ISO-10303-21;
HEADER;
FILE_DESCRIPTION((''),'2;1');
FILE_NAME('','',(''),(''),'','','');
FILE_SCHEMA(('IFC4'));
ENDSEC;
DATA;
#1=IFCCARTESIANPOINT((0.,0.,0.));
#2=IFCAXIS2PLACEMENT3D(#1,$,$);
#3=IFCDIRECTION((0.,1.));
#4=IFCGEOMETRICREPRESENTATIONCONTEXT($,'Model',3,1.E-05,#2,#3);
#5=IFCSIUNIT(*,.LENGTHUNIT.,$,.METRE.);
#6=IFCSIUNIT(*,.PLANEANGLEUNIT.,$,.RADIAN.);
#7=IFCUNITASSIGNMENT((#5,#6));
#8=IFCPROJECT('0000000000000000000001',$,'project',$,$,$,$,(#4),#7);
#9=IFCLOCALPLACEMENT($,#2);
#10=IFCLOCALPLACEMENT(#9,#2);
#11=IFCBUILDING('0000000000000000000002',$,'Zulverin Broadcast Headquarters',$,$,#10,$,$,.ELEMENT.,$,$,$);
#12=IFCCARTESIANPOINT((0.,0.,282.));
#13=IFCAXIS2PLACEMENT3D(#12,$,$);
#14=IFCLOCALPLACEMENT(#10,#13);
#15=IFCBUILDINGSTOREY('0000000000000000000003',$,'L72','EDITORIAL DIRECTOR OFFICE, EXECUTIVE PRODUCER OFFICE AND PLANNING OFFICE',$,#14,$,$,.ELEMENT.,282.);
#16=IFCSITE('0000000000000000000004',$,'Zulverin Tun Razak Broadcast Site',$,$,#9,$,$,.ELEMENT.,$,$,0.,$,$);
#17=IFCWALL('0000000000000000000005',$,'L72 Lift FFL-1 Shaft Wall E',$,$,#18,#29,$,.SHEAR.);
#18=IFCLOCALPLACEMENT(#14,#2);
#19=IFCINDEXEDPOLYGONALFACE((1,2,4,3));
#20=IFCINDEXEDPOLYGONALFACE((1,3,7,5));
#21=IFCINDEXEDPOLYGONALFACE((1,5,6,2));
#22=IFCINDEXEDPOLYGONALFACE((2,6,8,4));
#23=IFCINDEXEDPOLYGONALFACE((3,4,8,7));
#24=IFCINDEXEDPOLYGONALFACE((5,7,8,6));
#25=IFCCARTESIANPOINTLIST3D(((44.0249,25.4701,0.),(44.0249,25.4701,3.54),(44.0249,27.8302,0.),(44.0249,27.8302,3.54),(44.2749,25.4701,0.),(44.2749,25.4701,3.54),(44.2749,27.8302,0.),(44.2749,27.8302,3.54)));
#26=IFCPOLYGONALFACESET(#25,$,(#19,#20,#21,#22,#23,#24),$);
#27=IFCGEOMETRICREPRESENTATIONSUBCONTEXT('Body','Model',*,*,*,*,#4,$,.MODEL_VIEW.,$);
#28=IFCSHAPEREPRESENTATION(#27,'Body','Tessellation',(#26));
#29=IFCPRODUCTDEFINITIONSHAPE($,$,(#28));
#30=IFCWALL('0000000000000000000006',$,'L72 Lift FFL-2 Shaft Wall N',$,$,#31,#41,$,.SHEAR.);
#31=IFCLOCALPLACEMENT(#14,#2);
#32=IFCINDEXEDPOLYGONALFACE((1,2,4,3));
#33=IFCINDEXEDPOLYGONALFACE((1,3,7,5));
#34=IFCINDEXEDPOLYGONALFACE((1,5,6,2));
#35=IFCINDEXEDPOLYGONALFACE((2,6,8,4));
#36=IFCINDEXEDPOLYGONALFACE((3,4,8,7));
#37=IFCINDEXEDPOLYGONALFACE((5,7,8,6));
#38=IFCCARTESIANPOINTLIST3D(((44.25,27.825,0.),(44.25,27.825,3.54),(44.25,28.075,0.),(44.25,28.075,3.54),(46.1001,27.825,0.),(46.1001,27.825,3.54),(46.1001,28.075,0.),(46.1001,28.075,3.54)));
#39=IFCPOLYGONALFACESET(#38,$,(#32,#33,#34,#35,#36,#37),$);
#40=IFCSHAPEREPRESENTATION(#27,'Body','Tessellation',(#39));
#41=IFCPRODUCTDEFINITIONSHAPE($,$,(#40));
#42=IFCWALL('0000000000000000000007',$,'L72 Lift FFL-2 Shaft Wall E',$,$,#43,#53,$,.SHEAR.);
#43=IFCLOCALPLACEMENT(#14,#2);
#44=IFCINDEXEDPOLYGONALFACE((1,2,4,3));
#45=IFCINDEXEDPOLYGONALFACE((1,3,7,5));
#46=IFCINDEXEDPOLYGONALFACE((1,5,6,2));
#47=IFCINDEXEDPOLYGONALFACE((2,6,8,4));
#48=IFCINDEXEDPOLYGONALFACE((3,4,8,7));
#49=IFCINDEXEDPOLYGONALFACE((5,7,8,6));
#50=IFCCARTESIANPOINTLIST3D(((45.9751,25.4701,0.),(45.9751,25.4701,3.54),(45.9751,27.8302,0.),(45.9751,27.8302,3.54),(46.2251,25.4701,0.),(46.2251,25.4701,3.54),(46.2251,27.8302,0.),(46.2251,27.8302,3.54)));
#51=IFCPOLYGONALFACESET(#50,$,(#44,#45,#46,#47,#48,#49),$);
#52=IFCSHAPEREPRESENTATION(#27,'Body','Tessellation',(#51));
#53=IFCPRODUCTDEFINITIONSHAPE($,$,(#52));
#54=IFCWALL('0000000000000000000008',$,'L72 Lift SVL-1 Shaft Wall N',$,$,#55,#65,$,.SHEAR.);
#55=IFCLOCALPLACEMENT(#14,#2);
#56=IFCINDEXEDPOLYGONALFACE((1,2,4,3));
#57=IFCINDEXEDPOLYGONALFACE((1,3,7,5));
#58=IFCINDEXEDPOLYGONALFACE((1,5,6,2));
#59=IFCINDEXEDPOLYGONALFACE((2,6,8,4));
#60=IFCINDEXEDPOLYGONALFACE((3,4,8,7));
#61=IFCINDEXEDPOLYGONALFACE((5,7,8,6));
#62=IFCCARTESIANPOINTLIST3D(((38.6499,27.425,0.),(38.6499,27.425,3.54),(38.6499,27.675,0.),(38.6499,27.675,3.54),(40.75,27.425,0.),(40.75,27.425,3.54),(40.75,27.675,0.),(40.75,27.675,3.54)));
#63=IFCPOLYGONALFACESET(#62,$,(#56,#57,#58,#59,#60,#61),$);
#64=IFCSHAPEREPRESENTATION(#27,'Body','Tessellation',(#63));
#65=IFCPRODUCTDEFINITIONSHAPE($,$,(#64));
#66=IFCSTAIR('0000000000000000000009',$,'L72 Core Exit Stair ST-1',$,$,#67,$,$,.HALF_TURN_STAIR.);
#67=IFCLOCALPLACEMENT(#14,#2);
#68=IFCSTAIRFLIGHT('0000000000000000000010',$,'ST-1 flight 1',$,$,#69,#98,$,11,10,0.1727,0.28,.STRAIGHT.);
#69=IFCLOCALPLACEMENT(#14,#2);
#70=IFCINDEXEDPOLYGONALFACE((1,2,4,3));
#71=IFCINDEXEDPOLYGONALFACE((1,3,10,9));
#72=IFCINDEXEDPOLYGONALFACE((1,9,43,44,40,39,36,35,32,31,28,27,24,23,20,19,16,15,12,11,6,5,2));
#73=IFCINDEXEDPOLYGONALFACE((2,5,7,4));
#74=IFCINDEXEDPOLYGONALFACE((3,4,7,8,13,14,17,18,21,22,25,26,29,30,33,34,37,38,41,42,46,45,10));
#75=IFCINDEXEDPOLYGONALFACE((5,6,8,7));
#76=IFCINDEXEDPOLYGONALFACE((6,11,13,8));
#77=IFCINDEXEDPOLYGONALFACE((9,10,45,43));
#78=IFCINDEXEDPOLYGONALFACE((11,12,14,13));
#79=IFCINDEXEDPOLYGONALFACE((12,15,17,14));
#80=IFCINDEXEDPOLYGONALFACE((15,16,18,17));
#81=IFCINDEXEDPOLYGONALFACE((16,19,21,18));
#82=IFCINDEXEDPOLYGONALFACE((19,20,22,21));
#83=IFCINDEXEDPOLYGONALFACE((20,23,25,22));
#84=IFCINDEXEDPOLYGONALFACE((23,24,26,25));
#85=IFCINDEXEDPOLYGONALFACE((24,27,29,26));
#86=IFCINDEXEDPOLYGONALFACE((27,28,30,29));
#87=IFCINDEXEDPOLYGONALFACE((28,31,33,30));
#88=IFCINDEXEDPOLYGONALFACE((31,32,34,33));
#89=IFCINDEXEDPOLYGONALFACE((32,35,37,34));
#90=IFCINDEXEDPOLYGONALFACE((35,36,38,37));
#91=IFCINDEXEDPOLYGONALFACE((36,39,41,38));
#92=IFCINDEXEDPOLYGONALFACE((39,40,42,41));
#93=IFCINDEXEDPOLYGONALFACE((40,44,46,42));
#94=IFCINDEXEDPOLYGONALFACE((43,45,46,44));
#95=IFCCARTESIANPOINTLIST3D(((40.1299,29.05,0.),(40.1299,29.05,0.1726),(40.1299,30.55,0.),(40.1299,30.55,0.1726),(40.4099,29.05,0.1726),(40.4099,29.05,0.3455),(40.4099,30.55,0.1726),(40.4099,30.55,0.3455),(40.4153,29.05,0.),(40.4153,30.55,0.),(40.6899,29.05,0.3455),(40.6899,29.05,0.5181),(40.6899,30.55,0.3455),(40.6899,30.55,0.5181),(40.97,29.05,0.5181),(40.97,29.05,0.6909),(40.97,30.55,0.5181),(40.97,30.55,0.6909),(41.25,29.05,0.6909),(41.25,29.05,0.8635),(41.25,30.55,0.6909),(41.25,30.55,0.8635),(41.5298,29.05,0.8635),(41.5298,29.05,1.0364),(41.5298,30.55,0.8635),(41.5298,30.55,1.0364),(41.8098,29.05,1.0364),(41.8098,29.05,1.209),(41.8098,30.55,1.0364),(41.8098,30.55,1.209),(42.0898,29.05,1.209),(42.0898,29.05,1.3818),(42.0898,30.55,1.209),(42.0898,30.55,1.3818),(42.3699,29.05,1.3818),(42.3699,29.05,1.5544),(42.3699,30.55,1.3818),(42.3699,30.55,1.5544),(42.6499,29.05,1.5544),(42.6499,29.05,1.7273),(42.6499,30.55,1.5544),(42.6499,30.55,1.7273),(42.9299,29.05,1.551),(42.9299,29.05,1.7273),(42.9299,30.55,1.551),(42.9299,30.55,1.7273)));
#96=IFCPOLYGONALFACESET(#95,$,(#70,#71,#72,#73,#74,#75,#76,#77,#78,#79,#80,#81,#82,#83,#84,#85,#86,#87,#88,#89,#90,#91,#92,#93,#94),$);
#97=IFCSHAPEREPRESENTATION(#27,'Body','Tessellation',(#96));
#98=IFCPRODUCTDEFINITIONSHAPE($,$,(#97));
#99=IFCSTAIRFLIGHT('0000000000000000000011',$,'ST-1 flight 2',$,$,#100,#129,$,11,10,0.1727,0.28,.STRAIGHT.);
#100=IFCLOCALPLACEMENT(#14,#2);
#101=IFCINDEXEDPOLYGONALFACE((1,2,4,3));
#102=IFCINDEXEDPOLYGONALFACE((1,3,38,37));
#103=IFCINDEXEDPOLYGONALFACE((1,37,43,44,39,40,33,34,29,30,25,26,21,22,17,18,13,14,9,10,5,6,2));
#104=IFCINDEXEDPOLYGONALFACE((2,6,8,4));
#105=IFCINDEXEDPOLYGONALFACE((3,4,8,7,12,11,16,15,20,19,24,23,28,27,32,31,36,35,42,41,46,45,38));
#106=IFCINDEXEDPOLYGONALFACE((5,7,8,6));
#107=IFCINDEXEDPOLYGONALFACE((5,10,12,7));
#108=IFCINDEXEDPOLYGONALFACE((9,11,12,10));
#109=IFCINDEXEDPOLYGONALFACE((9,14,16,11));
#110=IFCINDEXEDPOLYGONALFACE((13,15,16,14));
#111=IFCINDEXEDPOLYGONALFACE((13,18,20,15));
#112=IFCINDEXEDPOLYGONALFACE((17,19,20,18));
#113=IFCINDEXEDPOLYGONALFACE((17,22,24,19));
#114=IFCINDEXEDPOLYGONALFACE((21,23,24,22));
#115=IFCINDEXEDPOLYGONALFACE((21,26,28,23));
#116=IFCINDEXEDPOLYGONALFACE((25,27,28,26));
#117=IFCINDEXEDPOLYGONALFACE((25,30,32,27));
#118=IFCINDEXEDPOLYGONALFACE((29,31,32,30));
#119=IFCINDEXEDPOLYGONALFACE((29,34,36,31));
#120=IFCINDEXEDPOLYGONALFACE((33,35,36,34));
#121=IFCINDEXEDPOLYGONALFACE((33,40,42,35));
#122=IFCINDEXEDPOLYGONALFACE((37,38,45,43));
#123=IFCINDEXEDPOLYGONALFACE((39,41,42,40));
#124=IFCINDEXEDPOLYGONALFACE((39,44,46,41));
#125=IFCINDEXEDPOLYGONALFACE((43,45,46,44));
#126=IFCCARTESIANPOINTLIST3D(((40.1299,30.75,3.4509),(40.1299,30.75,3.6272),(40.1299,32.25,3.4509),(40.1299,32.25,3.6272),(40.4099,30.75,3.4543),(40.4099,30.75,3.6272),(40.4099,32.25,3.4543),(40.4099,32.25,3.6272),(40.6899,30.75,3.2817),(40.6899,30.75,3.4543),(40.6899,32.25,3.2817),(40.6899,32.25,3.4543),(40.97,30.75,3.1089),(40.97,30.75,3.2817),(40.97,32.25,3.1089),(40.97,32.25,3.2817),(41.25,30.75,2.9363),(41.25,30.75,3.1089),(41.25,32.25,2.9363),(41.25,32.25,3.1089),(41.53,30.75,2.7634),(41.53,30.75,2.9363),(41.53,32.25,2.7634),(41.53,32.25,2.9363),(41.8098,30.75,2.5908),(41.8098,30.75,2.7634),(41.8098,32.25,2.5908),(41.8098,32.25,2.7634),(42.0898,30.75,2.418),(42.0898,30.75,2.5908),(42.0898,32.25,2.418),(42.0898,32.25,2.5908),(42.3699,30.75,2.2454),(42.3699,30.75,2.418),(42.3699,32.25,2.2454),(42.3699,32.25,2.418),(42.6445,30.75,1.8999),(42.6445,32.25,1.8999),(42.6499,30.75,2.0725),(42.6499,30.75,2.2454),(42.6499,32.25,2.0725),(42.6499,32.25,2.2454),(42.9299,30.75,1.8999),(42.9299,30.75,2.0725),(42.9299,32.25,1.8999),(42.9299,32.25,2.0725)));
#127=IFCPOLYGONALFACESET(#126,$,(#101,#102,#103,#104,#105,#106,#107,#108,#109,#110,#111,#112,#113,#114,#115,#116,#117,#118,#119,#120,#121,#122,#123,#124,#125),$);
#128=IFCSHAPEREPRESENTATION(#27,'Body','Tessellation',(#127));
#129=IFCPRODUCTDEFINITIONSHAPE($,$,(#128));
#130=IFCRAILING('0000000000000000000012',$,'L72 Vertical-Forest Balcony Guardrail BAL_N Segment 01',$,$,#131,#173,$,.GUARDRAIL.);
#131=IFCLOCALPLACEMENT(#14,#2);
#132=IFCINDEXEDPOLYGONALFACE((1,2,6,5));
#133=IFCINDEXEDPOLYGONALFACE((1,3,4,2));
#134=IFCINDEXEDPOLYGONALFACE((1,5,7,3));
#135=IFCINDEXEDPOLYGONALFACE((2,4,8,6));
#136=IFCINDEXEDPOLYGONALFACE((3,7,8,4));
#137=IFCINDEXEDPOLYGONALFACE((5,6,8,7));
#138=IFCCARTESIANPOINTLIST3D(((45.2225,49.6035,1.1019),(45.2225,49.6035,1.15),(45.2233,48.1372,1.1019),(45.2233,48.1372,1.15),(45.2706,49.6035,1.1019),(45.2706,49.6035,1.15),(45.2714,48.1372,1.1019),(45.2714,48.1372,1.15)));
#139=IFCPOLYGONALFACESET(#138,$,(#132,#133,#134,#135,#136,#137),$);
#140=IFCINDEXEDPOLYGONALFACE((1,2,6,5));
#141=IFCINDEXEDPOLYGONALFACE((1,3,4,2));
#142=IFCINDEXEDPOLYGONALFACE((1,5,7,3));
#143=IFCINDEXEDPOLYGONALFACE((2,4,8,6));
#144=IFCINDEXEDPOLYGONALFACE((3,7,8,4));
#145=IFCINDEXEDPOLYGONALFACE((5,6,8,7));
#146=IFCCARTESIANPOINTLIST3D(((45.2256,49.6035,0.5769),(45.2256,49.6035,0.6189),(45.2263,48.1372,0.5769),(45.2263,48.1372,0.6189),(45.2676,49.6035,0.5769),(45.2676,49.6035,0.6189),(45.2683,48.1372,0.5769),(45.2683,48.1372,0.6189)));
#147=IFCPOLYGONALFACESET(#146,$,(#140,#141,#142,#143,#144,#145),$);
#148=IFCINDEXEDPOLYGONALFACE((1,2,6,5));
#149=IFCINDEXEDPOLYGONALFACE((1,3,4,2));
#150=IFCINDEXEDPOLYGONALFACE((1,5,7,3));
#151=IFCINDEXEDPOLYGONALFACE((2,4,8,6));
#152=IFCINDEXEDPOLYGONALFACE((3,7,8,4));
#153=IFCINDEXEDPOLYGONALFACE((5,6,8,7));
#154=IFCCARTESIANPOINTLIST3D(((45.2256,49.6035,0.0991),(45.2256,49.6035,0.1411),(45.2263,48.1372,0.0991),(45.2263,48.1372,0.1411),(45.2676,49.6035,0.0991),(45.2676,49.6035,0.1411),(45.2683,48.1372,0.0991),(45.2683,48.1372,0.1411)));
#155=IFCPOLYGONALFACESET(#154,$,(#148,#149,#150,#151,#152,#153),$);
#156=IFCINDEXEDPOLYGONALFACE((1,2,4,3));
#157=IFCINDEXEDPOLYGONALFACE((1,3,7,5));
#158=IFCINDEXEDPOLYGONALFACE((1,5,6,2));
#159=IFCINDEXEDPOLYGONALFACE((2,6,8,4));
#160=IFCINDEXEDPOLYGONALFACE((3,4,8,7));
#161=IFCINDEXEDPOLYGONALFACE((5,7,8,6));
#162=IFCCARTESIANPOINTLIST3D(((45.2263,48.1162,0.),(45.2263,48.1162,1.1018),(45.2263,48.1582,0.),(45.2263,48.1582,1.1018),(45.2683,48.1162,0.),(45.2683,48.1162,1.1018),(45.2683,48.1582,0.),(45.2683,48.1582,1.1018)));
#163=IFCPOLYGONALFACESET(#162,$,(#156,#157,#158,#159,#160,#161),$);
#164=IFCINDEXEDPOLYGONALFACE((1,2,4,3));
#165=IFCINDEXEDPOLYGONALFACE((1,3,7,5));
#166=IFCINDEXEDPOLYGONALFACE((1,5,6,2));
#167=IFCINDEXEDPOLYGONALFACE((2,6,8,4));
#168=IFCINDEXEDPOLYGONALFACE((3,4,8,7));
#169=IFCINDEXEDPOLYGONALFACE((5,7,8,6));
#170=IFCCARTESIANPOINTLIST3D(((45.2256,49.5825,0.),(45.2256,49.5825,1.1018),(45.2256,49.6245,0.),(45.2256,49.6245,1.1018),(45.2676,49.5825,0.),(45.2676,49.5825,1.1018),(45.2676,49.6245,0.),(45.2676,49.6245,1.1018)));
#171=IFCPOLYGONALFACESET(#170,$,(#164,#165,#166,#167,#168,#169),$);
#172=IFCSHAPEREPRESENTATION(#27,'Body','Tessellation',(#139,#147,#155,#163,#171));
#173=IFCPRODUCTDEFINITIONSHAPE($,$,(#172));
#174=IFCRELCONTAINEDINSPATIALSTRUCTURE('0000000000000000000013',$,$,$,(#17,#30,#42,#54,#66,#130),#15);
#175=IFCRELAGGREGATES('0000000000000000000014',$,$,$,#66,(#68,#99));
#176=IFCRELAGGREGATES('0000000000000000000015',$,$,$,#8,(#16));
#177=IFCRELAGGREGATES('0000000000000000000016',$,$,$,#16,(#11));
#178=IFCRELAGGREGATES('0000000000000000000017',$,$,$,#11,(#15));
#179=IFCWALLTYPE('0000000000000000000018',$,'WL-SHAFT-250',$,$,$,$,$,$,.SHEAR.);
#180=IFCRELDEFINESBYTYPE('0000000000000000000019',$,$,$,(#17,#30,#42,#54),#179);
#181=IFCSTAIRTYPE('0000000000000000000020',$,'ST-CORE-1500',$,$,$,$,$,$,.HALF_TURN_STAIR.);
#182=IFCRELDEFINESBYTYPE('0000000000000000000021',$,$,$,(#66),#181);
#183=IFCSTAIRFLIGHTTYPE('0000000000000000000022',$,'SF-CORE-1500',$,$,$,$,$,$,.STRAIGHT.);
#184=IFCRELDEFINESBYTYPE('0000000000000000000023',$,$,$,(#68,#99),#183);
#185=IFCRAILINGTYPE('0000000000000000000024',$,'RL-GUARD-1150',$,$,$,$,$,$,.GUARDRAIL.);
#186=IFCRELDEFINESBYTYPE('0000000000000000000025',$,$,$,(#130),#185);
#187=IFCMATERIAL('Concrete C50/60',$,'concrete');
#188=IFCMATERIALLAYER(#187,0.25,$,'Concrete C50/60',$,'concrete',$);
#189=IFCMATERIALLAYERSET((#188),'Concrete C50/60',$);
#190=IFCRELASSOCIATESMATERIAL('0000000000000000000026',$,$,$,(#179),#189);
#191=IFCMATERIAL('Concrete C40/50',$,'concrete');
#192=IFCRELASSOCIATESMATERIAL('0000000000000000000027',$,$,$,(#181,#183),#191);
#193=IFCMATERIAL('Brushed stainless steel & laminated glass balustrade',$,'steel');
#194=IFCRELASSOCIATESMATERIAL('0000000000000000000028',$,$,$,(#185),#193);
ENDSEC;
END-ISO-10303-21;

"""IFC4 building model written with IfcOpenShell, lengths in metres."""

from ifc_helpers import new_model, si_unit, direction, frame, frame_2d, origin, origin_2d, place, context, subcontext, project, spatial, polyline, rectangle, outline, extrude, material, layer, layer_set, type_object, element, aggregate, save


model = new_model("IFC4")

# Units and contexts
model_context = context("Model", 3, precision=1e-05, world=origin(), true_north=direction((0.0, 1.0)))
body_context = subcontext(model_context, "Body", "Model", "MODEL_VIEW")
ifc_project = project(units=[si_unit("LENGTHUNIT", "METRE"), si_unit("PLANEANGLEUNIT", "RADIAN")], contexts=[model_context])

# Site, building, storey
site_placement = place(None, origin())
site = spatial("IfcSite", under=ifc_project, at=site_placement, Name="Zulverin Tun Razak Broadcast Site", CompositionType="ELEMENT", RefElevation=0.0)
building_placement = place(site_placement, origin())
building = spatial("IfcBuilding", under=site, at=building_placement, Name="Zulverin Broadcast Headquarters", CompositionType="ELEMENT")
storey_placement = place(building_placement, frame((0.0, 0.0, 282.0)))
storey = spatial("IfcBuildingStorey", under=building, at=storey_placement, Name="L72", Description="EDITORIAL DIRECTOR OFFICE, EXECUTIVE PRODUCER OFFICE AND PLANNING OFFICE", CompositionType="ELEMENT", Elevation=282.0)

# Shared definitions
ifc_material_1 = material(Name="Concrete C50/60", Category="concrete")

# Shared definitions
ifc_material_2 = material(Name="Concrete C40/50", Category="concrete")

# Shared definitions
ifc_layer_1 = layer(ifc_material_1, 0.25, Name="Concrete C50/60", Category="concrete")
ifc_layer_set_1 = layer_set([ifc_layer_1], Name="Concrete C50/60")
wall_type_1 = type_object("IfcWallType", Name="WL-SHAFT-250", PredefinedType="SHEAR", material=ifc_layer_set_1)

# Walls
wall_1_placement = place(storey_placement, frame((44.1499, 25.47, 0.0), z_axis=(0.0, 0.0, 1.0), x_axis=(0.0, 1.0, 0.0)))
element("IfcWall", 1, at=wall_1_placement, inside=storey, type_object=wall_type_1, Name="L72 Lift FFL-1 Shaft Wall E", PredefinedType="SHEAR", context=body_context, shape_type="SweptSolid", body=[
    extrude(rectangle(XDim=2.3601, YDim=0.25, at=frame_2d((1.1802, 0.0))), origin(), (0.0, 0.0, 1.0), 3.54),
])
wall_2_placement = place(storey_placement, frame((44.25, 27.95, 0.0), z_axis=(0.0, 0.0, 1.0), x_axis=(1.0, 0.0, 0.0)))
element("IfcWall", 2, at=wall_2_placement, inside=storey, type_object=wall_type_1, Name="L72 Lift FFL-2 Shaft Wall N", PredefinedType="SHEAR", context=body_context, shape_type="SweptSolid", body=[
    extrude(rectangle(XDim=1.8501, YDim=0.25, at=frame_2d((0.925, 0.0))), origin(), (0.0, 0.0, 1.0), 3.54),
])
wall_3_placement = place(storey_placement, frame((46.1001, 25.47, 0.0), z_axis=(0.0, 0.0, 1.0), x_axis=(0.0, 1.0, 0.0)))
element("IfcWall", 3, at=wall_3_placement, inside=storey, type_object=wall_type_1, Name="L72 Lift FFL-2 Shaft Wall E", PredefinedType="SHEAR", context=body_context, shape_type="SweptSolid", body=[
    extrude(rectangle(XDim=2.3601, YDim=0.25, at=frame_2d((1.1802, 0.0))), origin(), (0.0, 0.0, 1.0), 3.54),
])
wall_4_placement = place(storey_placement, frame((38.6499, 27.55, 0.0), z_axis=(0.0, 0.0, 1.0), x_axis=(1.0, 0.0, 0.0)))
element("IfcWall", 4, at=wall_4_placement, inside=storey, type_object=wall_type_1, Name="L72 Lift SVL-1 Shaft Wall N", PredefinedType="SHEAR", context=body_context, shape_type="SweptSolid", body=[
    extrude(rectangle(XDim=2.1001, YDim=0.25, at=frame_2d((1.05, 0.0))), origin(), (0.0, 0.0, 1.0), 3.54),
])

# Stair, stair flights
stair_type = type_object("IfcStairType", Name="ST-CORE-1500", PredefinedType="HALF_TURN_STAIR", material=ifc_material_2)
stair_placement = place(storey_placement, origin())
stair = element("IfcStair", 5, at=stair_placement, inside=storey, type_object=stair_type, Name="L72 Core Exit Stair ST-1", PredefinedType="HALF_TURN_STAIR")
stair_flight_type = type_object("IfcStairFlightType", Name="SF-CORE-1500", PredefinedType="STRAIGHT", material=ifc_material_2)
stair_flight_1_placement = place(storey_placement, frame((40.1299, 29.8, 0.0), z_axis=(0.0, 0.0, 1.0), x_axis=(1.0, 0.0, 0.0)))
stair_flight_1 = element("IfcStairFlight", 6, at=stair_flight_1_placement, type_object=stair_flight_type, Name="ST-1 flight 1", NumberOfRisers=11, NumberOfTreads=10, PredefinedType="STRAIGHT", RiserHeight=0.1727, TreadLength=0.28, context=body_context, shape_type="SweptSolid", body=[
    extrude(outline(polyline([(0.0, 0.0), (0.0, 0.1726), (0.28, 0.1726), (0.28, 0.3455), (0.5601, 0.3455), (0.5601, 0.5181), (0.8401, 0.5181), (0.8401, 0.6909), (1.1201, 0.6909), (1.1201, 0.8635), (1.3999, 0.8635), (1.3999, 1.0364), (1.6799, 1.0364), (1.6799, 1.209), (1.96, 1.209), (1.96, 1.3818), (2.24, 1.3818), (2.24, 1.5544), (2.52, 1.5544), (2.52, 1.7273), (2.8, 1.7273), (2.8, 1.8999), (2.8, 1.551), (0.2854, 0.0), (0.0, 0.0)])), frame((0.0, 0.75, 0.0), z_axis=(0.0, -1.0, 0.0), x_axis=(1.0, 0.0, 0.0)), (0.0, 0.0, 1.0), 1.5),
])
stair_flight_2_placement = place(storey_placement, frame((42.9299, 31.5, 1.8999), z_axis=(0.0, 0.0, 1.0), x_axis=(-1.0, 0.0, 0.0)))
stair_flight_2 = element("IfcStairFlight", 7, at=stair_flight_2_placement, type_object=stair_flight_type, Name="ST-1 flight 2", NumberOfRisers=11, NumberOfTreads=10, PredefinedType="STRAIGHT", RiserHeight=0.1727, TreadLength=0.28, context=body_context, shape_type="SweptSolid", body=[
    extrude(outline(polyline([(0.0, 0.0), (0.0, 0.1726), (0.28, 0.1726), (0.28, 0.3455), (0.5601, 0.3455), (0.5601, 0.5181), (0.8401, 0.5181), (0.8401, 0.6909), (1.1201, 0.6909), (1.1201, 0.8635), (1.3999, 0.8635), (1.3999, 1.0364), (1.6799, 1.0364), (1.6799, 1.209), (1.96, 1.209), (1.96, 1.3818), (2.24, 1.3818), (2.24, 1.5544), (2.52, 1.5544), (2.52, 1.7273), (2.8, 1.7273), (2.8, 1.8999), (2.8, 1.551), (0.2854, 0.0), (0.0, 0.0)])), frame((0.0, 0.75, 0.0), z_axis=(0.0, -1.0, 0.0), x_axis=(1.0, 0.0, 0.0)), (0.0, 0.0, 1.0), 1.5),
])
aggregate(stair, [stair_flight_1, stair_flight_2])

# Railing
ifc_material_3 = material(Name="Brushed stainless steel & laminated glass balustrade", Category="steel")
railing_type_1 = type_object("IfcRailingType", Name="RL-GUARD-1150", PredefinedType="GUARDRAIL", material=ifc_material_3)
railing_1_placement = place(storey_placement, frame((45.2473, 48.1372, 0.0)))
element("IfcRailing", 8, at=railing_1_placement, inside=storey, type_object=railing_type_1, Name="L72 Vertical-Forest Balcony Guardrail BAL_N Segment 01", PredefinedType="GUARDRAIL", context=body_context, shape_type="SweptSolid", body=[
    extrude(rectangle(XDim=0.0481, YDim=0.0481, at=origin_2d()), frame((0.0, 0.0, 1.126), z_axis=(-0.0005, 1.0, 0.0), x_axis=(-1.0, -0.0005, 0.0)), (0.0, 0.0, 1.0), 1.4663),
    extrude(rectangle(XDim=0.042, YDim=0.042, at=origin_2d()), frame((0.0, 0.0, 0.5979), z_axis=(-0.0005, 1.0, 0.0), x_axis=(-1.0, -0.0005, 0.0)), (0.0, 0.0, 1.0), 1.4663),
    extrude(rectangle(XDim=0.042, YDim=0.042, at=origin_2d()), frame((0.0, 0.0, 0.1201), z_axis=(-0.0005, 1.0, 0.0), x_axis=(-1.0, -0.0005, 0.0)), (0.0, 0.0, 1.0), 1.4663),
    extrude(rectangle(XDim=0.042, YDim=0.042, at=origin_2d()), origin(), (0.0, 0.0, 1.0), 1.1018),
    extrude(rectangle(XDim=0.042, YDim=0.042, at=origin_2d()), frame((-0.0007, 1.4663, 0.0)), (0.0, 0.0, 1.0), 1.1018),
])

save(model, "model.ifc")
